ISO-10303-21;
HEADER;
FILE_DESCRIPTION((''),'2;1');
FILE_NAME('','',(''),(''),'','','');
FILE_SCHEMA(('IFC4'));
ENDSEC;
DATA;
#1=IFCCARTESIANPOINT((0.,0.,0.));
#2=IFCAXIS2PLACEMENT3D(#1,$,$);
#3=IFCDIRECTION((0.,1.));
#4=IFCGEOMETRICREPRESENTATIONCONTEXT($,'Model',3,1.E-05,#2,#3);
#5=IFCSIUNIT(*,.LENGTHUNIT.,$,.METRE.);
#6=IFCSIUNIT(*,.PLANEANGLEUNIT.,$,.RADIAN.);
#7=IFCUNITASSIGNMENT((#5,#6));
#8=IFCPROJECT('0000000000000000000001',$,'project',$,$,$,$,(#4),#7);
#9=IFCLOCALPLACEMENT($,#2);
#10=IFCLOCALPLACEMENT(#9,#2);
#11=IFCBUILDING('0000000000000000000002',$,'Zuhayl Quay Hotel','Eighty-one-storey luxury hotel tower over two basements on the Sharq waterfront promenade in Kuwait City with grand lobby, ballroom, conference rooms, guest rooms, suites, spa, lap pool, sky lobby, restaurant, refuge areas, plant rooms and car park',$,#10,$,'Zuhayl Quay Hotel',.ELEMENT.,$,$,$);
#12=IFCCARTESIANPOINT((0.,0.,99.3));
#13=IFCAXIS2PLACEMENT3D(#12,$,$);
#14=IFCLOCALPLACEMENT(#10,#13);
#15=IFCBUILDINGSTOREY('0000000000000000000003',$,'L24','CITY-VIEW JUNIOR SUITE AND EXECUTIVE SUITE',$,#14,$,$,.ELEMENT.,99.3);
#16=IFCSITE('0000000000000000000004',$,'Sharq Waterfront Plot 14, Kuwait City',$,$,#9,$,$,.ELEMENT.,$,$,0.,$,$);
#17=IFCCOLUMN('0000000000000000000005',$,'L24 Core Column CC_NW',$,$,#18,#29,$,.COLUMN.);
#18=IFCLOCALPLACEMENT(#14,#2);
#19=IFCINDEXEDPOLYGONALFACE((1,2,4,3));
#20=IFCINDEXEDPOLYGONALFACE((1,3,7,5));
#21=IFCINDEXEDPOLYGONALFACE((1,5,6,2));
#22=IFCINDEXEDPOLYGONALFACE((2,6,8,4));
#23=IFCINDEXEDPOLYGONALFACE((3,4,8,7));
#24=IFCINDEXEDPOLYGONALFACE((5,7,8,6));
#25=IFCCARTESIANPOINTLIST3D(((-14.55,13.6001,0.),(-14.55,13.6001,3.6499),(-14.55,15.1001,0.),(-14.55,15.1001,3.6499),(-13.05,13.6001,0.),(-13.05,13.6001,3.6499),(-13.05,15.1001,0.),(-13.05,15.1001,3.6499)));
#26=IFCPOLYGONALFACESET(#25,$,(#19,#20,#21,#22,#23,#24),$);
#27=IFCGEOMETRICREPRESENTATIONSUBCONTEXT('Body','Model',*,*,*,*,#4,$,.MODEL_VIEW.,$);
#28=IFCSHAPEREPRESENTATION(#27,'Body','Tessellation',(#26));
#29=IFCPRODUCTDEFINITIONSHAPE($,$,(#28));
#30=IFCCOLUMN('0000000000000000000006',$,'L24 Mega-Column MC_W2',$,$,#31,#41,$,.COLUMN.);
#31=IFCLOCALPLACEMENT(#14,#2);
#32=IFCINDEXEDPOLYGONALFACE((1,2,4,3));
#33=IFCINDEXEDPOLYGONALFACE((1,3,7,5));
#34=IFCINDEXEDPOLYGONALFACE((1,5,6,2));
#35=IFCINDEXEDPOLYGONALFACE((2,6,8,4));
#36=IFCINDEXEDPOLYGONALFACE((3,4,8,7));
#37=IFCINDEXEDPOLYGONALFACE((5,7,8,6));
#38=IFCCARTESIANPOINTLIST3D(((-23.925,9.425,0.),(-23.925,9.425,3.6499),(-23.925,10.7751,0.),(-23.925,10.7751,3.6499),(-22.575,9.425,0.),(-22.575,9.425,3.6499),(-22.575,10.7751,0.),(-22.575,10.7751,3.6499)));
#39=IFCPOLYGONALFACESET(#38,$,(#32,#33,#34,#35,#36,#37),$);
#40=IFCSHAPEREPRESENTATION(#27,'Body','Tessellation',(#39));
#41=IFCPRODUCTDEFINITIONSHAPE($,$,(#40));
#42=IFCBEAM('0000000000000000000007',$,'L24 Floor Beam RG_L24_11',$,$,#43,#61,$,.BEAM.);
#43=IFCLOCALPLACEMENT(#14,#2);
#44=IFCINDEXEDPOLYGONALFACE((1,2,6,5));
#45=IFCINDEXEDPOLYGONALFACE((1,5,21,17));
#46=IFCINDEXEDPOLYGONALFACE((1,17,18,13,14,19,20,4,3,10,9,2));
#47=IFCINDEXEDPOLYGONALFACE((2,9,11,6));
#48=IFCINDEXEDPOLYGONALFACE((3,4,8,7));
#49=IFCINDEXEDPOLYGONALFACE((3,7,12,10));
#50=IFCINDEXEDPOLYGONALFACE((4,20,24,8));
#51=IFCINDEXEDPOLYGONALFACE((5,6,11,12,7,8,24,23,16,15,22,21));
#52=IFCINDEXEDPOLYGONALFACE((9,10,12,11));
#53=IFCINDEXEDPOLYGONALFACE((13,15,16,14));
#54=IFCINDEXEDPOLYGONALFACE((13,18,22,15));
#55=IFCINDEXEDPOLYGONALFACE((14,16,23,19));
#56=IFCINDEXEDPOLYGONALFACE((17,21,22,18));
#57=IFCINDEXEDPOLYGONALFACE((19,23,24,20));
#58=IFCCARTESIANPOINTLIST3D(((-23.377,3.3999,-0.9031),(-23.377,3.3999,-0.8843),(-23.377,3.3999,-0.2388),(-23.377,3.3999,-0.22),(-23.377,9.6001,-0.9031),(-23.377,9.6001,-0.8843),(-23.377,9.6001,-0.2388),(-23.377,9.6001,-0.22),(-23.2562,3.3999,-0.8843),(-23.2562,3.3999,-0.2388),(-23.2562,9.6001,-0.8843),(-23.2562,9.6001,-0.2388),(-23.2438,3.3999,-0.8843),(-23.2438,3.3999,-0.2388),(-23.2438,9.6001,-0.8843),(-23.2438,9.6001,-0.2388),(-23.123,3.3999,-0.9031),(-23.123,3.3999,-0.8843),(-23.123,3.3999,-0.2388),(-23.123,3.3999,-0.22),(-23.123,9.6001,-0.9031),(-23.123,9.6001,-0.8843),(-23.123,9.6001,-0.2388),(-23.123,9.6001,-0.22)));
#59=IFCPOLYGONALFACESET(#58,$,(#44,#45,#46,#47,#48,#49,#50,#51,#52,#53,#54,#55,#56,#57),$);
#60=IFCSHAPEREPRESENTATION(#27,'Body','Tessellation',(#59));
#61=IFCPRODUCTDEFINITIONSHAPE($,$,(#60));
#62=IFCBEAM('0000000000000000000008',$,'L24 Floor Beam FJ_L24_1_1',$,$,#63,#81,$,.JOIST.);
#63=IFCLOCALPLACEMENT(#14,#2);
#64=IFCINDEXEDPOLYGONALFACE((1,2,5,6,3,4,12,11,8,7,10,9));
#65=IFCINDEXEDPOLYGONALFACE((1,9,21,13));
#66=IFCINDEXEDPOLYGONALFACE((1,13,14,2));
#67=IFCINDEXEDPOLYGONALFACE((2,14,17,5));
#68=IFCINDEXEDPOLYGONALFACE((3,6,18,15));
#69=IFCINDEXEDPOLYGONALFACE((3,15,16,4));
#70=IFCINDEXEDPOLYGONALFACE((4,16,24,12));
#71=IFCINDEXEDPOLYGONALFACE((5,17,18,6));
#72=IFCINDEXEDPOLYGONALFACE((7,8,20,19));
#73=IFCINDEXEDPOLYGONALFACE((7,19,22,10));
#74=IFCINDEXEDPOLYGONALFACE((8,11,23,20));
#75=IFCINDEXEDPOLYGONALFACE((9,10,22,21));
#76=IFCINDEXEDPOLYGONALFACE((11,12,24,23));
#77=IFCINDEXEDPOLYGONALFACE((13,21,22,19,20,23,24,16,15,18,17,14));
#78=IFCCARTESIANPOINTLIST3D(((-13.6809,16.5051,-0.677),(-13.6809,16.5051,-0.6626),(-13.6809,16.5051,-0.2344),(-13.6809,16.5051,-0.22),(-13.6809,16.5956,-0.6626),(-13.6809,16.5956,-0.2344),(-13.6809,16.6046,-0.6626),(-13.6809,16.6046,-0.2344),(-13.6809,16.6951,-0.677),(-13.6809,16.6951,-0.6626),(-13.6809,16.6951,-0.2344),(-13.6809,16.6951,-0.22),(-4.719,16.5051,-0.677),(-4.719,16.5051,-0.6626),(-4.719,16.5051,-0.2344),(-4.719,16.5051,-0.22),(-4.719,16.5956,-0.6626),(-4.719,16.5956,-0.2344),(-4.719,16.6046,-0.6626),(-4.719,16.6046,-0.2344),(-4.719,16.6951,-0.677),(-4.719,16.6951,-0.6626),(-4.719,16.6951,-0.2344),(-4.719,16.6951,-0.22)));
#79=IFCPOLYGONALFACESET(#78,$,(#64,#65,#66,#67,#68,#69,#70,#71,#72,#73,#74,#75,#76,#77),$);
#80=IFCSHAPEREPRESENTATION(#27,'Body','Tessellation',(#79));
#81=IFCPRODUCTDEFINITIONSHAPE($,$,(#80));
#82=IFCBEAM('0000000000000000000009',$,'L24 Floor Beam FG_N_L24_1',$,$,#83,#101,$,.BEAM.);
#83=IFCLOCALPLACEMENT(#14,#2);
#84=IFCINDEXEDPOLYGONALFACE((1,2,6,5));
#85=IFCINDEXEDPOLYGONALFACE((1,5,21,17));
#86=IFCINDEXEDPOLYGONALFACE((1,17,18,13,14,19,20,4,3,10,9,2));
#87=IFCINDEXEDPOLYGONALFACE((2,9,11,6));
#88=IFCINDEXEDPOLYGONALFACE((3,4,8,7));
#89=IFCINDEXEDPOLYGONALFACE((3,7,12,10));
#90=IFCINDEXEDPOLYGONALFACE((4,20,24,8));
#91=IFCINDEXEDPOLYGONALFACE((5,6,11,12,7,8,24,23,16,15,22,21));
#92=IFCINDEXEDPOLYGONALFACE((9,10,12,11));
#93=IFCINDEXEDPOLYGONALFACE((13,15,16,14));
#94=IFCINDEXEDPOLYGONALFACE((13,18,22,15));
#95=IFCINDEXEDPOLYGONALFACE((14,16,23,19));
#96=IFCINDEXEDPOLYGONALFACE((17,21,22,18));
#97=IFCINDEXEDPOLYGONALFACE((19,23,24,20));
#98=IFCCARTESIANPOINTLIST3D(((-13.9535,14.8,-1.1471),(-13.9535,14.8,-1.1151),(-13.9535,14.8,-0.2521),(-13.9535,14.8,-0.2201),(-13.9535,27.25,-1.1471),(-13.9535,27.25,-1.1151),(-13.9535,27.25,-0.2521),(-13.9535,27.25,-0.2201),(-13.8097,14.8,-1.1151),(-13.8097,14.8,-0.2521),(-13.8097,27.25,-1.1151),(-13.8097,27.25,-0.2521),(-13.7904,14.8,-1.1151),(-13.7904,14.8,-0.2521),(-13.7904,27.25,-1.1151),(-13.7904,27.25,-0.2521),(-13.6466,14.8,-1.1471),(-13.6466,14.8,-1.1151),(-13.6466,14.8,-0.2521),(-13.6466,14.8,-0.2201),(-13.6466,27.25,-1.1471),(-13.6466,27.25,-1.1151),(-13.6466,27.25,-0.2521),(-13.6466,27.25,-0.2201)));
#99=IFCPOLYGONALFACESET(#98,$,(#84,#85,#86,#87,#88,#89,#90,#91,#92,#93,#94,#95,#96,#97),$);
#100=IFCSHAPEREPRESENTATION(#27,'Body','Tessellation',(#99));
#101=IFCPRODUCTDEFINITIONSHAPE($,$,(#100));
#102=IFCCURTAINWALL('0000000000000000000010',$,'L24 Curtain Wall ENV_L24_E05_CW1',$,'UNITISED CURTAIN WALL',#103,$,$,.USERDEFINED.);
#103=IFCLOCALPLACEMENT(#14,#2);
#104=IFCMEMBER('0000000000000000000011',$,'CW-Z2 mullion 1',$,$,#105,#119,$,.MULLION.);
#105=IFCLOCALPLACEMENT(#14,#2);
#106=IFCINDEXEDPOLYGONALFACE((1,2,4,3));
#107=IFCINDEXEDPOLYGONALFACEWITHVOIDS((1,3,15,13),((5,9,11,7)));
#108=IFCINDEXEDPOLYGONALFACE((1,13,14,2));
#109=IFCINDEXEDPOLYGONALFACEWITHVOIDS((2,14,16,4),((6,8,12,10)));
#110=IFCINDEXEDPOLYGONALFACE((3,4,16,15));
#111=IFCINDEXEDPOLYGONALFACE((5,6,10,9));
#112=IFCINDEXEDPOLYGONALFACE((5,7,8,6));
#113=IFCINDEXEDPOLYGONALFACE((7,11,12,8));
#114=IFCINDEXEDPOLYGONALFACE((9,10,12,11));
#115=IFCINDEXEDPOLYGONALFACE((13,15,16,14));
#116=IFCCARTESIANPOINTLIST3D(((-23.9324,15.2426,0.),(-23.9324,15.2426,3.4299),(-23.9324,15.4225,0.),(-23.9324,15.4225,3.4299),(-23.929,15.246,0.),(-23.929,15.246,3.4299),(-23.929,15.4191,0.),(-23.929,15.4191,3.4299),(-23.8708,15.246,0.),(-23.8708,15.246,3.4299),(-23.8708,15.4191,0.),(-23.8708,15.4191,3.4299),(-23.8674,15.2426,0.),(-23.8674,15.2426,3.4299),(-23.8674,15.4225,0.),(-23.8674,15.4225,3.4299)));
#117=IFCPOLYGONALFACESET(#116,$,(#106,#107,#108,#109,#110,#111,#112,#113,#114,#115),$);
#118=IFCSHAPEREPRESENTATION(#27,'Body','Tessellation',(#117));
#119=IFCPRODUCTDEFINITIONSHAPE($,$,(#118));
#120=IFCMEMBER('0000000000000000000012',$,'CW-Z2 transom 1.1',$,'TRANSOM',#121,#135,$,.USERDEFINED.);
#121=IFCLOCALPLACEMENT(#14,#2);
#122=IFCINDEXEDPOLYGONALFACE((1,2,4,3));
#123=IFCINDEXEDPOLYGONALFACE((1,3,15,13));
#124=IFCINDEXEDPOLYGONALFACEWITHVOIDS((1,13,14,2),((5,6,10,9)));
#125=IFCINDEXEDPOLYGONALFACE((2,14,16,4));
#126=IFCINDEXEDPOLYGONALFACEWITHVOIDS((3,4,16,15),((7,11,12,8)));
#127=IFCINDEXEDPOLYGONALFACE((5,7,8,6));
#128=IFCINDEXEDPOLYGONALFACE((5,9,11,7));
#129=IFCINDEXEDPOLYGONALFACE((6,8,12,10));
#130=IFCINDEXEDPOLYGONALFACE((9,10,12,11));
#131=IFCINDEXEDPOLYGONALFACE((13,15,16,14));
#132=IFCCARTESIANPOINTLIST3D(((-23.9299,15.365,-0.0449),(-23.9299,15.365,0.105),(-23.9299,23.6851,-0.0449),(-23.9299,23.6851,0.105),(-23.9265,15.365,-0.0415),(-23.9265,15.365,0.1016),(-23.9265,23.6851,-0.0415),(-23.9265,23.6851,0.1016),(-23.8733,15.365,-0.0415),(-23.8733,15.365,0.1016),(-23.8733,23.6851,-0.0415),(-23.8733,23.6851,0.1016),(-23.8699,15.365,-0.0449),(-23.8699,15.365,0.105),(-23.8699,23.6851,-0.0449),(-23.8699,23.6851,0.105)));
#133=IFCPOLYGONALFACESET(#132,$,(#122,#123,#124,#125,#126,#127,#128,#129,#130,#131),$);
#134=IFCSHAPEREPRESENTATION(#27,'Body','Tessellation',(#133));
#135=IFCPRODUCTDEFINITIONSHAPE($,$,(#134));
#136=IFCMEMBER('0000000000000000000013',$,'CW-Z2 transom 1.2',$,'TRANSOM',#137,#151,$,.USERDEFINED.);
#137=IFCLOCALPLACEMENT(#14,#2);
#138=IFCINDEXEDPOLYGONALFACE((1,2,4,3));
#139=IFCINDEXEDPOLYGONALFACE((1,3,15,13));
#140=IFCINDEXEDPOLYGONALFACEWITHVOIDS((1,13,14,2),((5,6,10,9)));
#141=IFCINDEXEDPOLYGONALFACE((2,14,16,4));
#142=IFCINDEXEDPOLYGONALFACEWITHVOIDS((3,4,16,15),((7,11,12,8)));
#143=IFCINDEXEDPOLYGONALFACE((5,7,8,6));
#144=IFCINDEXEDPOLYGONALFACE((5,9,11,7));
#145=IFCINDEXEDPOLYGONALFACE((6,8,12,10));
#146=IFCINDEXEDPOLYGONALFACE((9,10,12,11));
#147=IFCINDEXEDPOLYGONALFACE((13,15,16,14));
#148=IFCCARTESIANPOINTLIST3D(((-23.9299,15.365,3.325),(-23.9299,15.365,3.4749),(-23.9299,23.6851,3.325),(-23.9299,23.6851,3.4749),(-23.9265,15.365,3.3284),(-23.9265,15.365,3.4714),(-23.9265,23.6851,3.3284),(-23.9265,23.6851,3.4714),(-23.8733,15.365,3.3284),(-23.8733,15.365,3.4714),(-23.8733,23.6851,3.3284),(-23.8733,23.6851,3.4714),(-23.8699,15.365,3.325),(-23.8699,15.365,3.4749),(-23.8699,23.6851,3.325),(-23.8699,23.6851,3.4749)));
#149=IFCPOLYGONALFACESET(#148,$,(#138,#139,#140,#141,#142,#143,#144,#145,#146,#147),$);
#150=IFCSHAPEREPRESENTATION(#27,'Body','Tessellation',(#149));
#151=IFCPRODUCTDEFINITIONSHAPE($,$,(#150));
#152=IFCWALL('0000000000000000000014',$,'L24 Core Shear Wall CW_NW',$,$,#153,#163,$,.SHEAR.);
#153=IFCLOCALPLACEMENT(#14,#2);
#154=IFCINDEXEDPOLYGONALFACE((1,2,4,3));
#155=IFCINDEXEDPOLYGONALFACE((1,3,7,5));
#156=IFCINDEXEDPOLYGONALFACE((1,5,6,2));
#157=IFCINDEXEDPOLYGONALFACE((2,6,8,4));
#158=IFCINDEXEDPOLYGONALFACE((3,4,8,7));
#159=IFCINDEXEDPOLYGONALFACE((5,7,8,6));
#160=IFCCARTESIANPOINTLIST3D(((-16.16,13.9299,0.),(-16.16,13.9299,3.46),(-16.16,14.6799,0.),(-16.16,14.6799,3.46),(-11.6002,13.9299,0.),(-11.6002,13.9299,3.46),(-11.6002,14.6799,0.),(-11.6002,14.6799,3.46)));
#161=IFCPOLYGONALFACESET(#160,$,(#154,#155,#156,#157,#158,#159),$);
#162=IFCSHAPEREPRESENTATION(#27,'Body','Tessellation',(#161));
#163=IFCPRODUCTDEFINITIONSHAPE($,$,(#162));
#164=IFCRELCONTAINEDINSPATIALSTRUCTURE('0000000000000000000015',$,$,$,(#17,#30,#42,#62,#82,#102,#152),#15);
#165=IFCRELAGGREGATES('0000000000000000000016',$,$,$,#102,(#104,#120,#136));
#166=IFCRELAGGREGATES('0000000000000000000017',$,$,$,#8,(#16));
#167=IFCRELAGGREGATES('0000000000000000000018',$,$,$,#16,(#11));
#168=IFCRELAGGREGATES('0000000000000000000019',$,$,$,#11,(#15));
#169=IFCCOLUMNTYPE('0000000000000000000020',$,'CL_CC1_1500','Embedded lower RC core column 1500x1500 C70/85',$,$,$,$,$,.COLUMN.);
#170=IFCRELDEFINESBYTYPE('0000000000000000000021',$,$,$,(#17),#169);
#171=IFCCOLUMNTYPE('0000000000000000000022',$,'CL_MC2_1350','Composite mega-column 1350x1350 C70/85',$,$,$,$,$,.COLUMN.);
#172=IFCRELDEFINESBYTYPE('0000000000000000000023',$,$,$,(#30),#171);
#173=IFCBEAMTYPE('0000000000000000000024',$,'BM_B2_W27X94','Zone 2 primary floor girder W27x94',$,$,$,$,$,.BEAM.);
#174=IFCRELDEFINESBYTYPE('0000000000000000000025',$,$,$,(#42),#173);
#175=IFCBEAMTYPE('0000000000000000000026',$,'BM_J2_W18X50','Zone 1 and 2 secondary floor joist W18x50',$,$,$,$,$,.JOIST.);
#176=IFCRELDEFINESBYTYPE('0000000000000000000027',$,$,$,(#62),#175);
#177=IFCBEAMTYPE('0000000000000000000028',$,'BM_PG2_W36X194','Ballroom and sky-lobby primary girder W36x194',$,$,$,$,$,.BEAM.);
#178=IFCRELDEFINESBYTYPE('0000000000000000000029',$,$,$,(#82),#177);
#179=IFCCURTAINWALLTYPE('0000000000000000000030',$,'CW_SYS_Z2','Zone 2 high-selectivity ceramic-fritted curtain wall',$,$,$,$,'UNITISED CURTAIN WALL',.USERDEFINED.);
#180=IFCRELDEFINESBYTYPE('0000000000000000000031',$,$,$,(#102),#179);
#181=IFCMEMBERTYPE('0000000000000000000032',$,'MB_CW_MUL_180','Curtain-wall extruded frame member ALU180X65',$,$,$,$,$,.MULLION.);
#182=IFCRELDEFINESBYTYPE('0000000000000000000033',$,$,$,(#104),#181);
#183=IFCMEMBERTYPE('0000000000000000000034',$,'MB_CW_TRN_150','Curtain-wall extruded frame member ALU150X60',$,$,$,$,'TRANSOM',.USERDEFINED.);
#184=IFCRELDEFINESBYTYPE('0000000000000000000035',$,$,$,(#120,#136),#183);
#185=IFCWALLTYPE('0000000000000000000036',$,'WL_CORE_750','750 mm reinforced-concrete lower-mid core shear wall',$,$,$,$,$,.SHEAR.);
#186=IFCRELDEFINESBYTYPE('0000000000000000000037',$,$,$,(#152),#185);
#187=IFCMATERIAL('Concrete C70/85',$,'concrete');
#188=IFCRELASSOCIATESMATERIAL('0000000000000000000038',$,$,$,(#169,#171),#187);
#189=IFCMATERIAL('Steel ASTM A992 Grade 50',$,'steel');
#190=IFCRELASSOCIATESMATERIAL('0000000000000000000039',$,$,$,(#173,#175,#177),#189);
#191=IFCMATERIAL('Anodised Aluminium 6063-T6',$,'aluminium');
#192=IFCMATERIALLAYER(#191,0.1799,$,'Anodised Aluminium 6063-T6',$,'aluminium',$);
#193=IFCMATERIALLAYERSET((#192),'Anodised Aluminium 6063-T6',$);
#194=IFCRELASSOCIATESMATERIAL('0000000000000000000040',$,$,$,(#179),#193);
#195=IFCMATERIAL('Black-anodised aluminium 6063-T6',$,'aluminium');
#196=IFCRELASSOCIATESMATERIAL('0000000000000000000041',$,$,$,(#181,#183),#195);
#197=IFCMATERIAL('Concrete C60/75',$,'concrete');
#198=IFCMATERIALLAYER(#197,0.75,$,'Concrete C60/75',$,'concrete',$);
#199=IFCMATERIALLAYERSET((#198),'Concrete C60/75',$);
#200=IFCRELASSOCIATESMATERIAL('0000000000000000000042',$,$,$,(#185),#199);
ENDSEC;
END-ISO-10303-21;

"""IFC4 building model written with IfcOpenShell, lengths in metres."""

from ifc_helpers import new_model, si_unit, direction, frame, frame_2d, origin, origin_2d, place, context, subcontext, project, spatial, rectangle, hollow_rectangle, i_section, extrude, material, layer, layer_set, material_profile, profile_set, type_object, element, aggregate, save


model = new_model("IFC4")

# Units and contexts
model_context = context("Model", 3, precision=1e-05, world=origin(), true_north=direction((0.0, 1.0)))
body_context = subcontext(model_context, "Body", "Model", "MODEL_VIEW")
ifc_project = project(units=[si_unit("LENGTHUNIT", "METRE"), si_unit("PLANEANGLEUNIT", "RADIAN")], contexts=[model_context])

# Site, building, storey
site_placement = place(None, origin())
site = spatial("IfcSite", under=ifc_project, at=site_placement, Name="Sharq Waterfront Plot 14, Kuwait City", CompositionType="ELEMENT", RefElevation=0.0)
building_placement = place(site_placement, origin())
building = spatial("IfcBuilding", under=site, at=building_placement, Name="Zuhayl Quay Hotel", Description="Eighty-one-storey luxury hotel tower over two basements on the Sharq waterfront promenade in Kuwait City with grand lobby, ballroom, conference rooms, guest rooms, suites, spa, lap pool, sky lobby, restaurant, refuge areas, plant rooms and car park", LongName="Zuhayl Quay Hotel", CompositionType="ELEMENT")
storey_placement = place(building_placement, frame((0.0, 0.0, 99.3)))
storey = spatial("IfcBuildingStorey", under=building, at=storey_placement, Name="L24", Description="CITY-VIEW JUNIOR SUITE AND EXECUTIVE SUITE", CompositionType="ELEMENT", Elevation=99.3)

# Columns
ifc_material_1 = material(Name="Concrete C70/85", Category="concrete")
ifc_material_profile_1 = material_profile(ifc_material_1, rectangle(XDim=1.5, YDim=1.5, at=origin_2d()), Name="RC1500X1500")
ifc_profile_set_1 = profile_set([ifc_material_profile_1], Name="Concrete C70/85")
column_type_1 = type_object("IfcColumnType", Name="CL_CC1_1500", Description="Embedded lower RC core column 1500x1500 C70/85", PredefinedType="COLUMN", material=ifc_profile_set_1)
column_1_placement = place(storey_placement, frame((-13.8, 14.3501, 0.0), z_axis=(0.0, 0.0, 1.0), x_axis=(1.0, 0.0, 0.0)))
element("IfcColumn", 1, at=column_1_placement, inside=storey, type_object=column_type_1, Name="L24 Core Column CC_NW", PredefinedType="COLUMN", context=body_context, shape_type="SweptSolid", body=[
    extrude(rectangle(XDim=1.5, YDim=1.5, at=origin_2d()), origin(), (0.0, 0.0, 1.0), 3.6499),
])
ifc_material_profile_2 = material_profile(ifc_material_1, rectangle(XDim=1.3501, YDim=1.3501, at=origin_2d()), Name="RC1350X1350")
ifc_profile_set_2 = profile_set([ifc_material_profile_2], Name="Concrete C70/85")
column_type_2 = type_object("IfcColumnType", Name="CL_MC2_1350", Description="Composite mega-column 1350x1350 C70/85", PredefinedType="COLUMN", material=ifc_profile_set_2)
column_2_placement = place(storey_placement, frame((-23.25, 10.1001, 0.0), z_axis=(0.0, 0.0, 1.0), x_axis=(1.0, 0.0, 0.0)))
element("IfcColumn", 2, at=column_2_placement, inside=storey, type_object=column_type_2, Name="L24 Mega-Column MC_W2", PredefinedType="COLUMN", context=body_context, shape_type="SweptSolid", body=[
    extrude(rectangle(XDim=1.3501, YDim=1.3501, at=origin_2d()), origin(), (0.0, 0.0, 1.0), 3.6499),
])

# Beams
ifc_material_2 = material(Name="Steel ASTM A992 Grade 50", Category="steel")
ifc_material_profile_3 = material_profile(ifc_material_2, i_section(OverallWidth=0.2539, OverallDepth=0.6831, WebThickness=0.0125, FlangeThickness=0.0188, at=origin_2d()), Name="W27X94")
ifc_profile_set_3 = profile_set([ifc_material_profile_3], Name="Steel ASTM A992 Grade 50")
beam_type_1 = type_object("IfcBeamType", Name="BM_B2_W27X94", Description="Zone 2 primary floor girder W27x94", PredefinedType="BEAM", material=ifc_profile_set_3)
beam_1_placement = place(storey_placement, frame((-23.25, 9.6001, -0.5615), z_axis=(0.0, -1.0, 0.0), x_axis=(1.0, 0.0, 0.0)))
element("IfcBeam", 3, at=beam_1_placement, inside=storey, type_object=beam_type_1, Name="L24 Floor Beam RG_L24_11", PredefinedType="BEAM", context=body_context, shape_type="SweptSolid", body=[
    extrude(i_section(OverallWidth=0.2539, OverallDepth=0.6831, WebThickness=0.0125, FlangeThickness=0.0188, at=origin_2d()), origin(), (0.0, 0.0, 1.0), 6.2002),
])
ifc_material_profile_4 = material_profile(ifc_material_2, i_section(OverallWidth=0.1899, OverallDepth=0.457, WebThickness=0.009, FlangeThickness=0.0144, at=origin_2d()), Name="W18X50")
ifc_profile_set_4 = profile_set([ifc_material_profile_4], Name="Steel ASTM A992 Grade 50")
beam_type_2 = type_object("IfcBeamType", Name="BM_J2_W18X50", Description="Zone 1 and 2 secondary floor joist W18x50", PredefinedType="JOIST", material=ifc_profile_set_4)
beam_2_placement = place(storey_placement, frame((-13.6809, 16.6001, -0.4485), z_axis=(1.0, 0.0, 0.0), x_axis=(0.0, 1.0, 0.0)))
element("IfcBeam", 4, at=beam_2_placement, inside=storey, type_object=beam_type_2, Name="L24 Floor Beam FJ_L24_1_1", PredefinedType="JOIST", context=body_context, shape_type="SweptSolid", body=[
    extrude(i_section(OverallWidth=0.1899, OverallDepth=0.457, WebThickness=0.009, FlangeThickness=0.0144, at=origin_2d()), origin(), (0.0, 0.0, 1.0), 8.9619),
])
ifc_material_profile_5 = material_profile(ifc_material_2, i_section(OverallWidth=0.3069, OverallDepth=0.927, WebThickness=0.0193, FlangeThickness=0.032, at=origin_2d()), Name="W36X194")
ifc_profile_set_5 = profile_set([ifc_material_profile_5], Name="Steel ASTM A992 Grade 50")
beam_type_3 = type_object("IfcBeamType", Name="BM_PG2_W36X194", Description="Ballroom and sky-lobby primary girder W36x194", PredefinedType="BEAM", material=ifc_profile_set_5)
beam_3_placement = place(storey_placement, frame((-13.8, 14.8, -0.6836), z_axis=(0.0, 1.0, 0.0), x_axis=(-1.0, 0.0, 0.0)))
element("IfcBeam", 5, at=beam_3_placement, inside=storey, type_object=beam_type_3, Name="L24 Floor Beam FG_N_L24_1", PredefinedType="BEAM", context=body_context, shape_type="SweptSolid", body=[
    extrude(i_section(OverallWidth=0.3069, OverallDepth=0.927, WebThickness=0.0193, FlangeThickness=0.032, at=origin_2d()), origin(), (0.0, 0.0, 1.0), 12.45),
])

# Curtain wall, members
ifc_material_3 = material(Name="Anodised Aluminium 6063-T6", Category="aluminium")
ifc_layer_1 = layer(ifc_material_3, 0.1799, Name="Anodised Aluminium 6063-T6", Category="aluminium")
ifc_layer_set_1 = layer_set([ifc_layer_1], Name="Anodised Aluminium 6063-T6")
curtain_wall_type = type_object("IfcCurtainWallType", Name="CW_SYS_Z2", Description="Zone 2 high-selectivity ceramic-fritted curtain wall", ElementType="UNITISED CURTAIN WALL", PredefinedType="USERDEFINED", material=ifc_layer_set_1)
curtain_wall_placement = place(storey_placement, origin())
curtain_wall = element("IfcCurtainWall", 6, at=curtain_wall_placement, inside=storey, type_object=curtain_wall_type, Name="L24 Curtain Wall ENV_L24_E05_CW1", ObjectType="UNITISED CURTAIN WALL", PredefinedType="USERDEFINED")
ifc_material_4 = material(Name="Black-anodised aluminium 6063-T6", Category="aluminium")
ifc_material_profile_6 = material_profile(ifc_material_4, hollow_rectangle(XDim=0.0649, YDim=0.1799, WallThickness=0.0034, at=origin_2d()), Name="ALU180X65")
ifc_profile_set_6 = profile_set([ifc_material_profile_6], Name="Black-anodised aluminium 6063-T6")
member_type_1 = type_object("IfcMemberType", Name="MB_CW_MUL_180", Description="Curtain-wall extruded frame member ALU180X65", PredefinedType="MULLION", material=ifc_profile_set_6)
member_1_placement = place(storey_placement, frame((-23.8999, 15.3325, 0.0), z_axis=(0.0, 0.0, 1.0), x_axis=(-1.0, 0.0, 0.0)))
member_1 = element("IfcMember", 7, at=member_1_placement, type_object=member_type_1, Name="CW-Z2 mullion 1", PredefinedType="MULLION", context=body_context, shape_type="SweptSolid", body=[
    extrude(hollow_rectangle(XDim=0.0649, YDim=0.1799, WallThickness=0.0034, at=origin_2d()), origin(), (0.0, 0.0, 1.0), 3.4299),
])
ifc_material_profile_7 = material_profile(ifc_material_4, hollow_rectangle(XDim=0.0601, YDim=0.1499, WallThickness=0.0034, at=origin_2d()), Name="ALU150X60")
ifc_profile_set_7 = profile_set([ifc_material_profile_7], Name="Black-anodised aluminium 6063-T6")
member_type_2 = type_object("IfcMemberType", Name="MB_CW_TRN_150", Description="Curtain-wall extruded frame member ALU150X60", ElementType="TRANSOM", PredefinedType="USERDEFINED", material=ifc_profile_set_7)
member_2_placement = place(storey_placement, frame((-23.8999, 15.365, 0.03), z_axis=(0.0, 1.0, 0.0), x_axis=(-1.0, 0.0, 0.0)))
member_2 = element("IfcMember", 8, at=member_2_placement, type_object=member_type_2, Name="CW-Z2 transom 1.1", ObjectType="TRANSOM", PredefinedType="USERDEFINED", context=body_context, shape_type="SweptSolid", body=[
    extrude(hollow_rectangle(XDim=0.0601, YDim=0.1499, WallThickness=0.0034, at=origin_2d()), origin(), (0.0, 0.0, 1.0), 8.3201),
])
member_3_placement = place(storey_placement, frame((-23.8999, 15.365, 3.3999), z_axis=(0.0, 1.0, 0.0), x_axis=(-1.0, 0.0, 0.0)))
member_3 = element("IfcMember", 9, at=member_3_placement, type_object=member_type_2, Name="CW-Z2 transom 1.2", ObjectType="TRANSOM", PredefinedType="USERDEFINED", context=body_context, shape_type="SweptSolid", body=[
    extrude(hollow_rectangle(XDim=0.0601, YDim=0.1499, WallThickness=0.0034, at=origin_2d()), origin(), (0.0, 0.0, 1.0), 8.3201),
])
aggregate(curtain_wall, [member_1, member_2, member_3])

# Wall
ifc_material_5 = material(Name="Concrete C60/75", Category="concrete")
ifc_layer_2 = layer(ifc_material_5, 0.75, Name="Concrete C60/75", Category="concrete")
ifc_layer_set_2 = layer_set([ifc_layer_2], Name="Concrete C60/75")
wall_type_1 = type_object("IfcWallType", Name="WL_CORE_750", Description="750 mm reinforced-concrete lower-mid core shear wall", PredefinedType="SHEAR", material=ifc_layer_set_2)
wall_1_placement = place(storey_placement, frame((-16.1599, 14.3049, 0.0), z_axis=(0.0, 0.0, 1.0), x_axis=(1.0, 0.0, 0.0)))
element("IfcWall", 10, at=wall_1_placement, inside=storey, type_object=wall_type_1, Name="L24 Core Shear Wall CW_NW", PredefinedType="SHEAR", context=body_context, shape_type="SweptSolid", body=[
    extrude(rectangle(XDim=4.5598, YDim=0.75, at=frame_2d((2.2798, 0.0))), origin(), (0.0, 0.0, 1.0), 3.46),
])

save(model, "model.ifc")
